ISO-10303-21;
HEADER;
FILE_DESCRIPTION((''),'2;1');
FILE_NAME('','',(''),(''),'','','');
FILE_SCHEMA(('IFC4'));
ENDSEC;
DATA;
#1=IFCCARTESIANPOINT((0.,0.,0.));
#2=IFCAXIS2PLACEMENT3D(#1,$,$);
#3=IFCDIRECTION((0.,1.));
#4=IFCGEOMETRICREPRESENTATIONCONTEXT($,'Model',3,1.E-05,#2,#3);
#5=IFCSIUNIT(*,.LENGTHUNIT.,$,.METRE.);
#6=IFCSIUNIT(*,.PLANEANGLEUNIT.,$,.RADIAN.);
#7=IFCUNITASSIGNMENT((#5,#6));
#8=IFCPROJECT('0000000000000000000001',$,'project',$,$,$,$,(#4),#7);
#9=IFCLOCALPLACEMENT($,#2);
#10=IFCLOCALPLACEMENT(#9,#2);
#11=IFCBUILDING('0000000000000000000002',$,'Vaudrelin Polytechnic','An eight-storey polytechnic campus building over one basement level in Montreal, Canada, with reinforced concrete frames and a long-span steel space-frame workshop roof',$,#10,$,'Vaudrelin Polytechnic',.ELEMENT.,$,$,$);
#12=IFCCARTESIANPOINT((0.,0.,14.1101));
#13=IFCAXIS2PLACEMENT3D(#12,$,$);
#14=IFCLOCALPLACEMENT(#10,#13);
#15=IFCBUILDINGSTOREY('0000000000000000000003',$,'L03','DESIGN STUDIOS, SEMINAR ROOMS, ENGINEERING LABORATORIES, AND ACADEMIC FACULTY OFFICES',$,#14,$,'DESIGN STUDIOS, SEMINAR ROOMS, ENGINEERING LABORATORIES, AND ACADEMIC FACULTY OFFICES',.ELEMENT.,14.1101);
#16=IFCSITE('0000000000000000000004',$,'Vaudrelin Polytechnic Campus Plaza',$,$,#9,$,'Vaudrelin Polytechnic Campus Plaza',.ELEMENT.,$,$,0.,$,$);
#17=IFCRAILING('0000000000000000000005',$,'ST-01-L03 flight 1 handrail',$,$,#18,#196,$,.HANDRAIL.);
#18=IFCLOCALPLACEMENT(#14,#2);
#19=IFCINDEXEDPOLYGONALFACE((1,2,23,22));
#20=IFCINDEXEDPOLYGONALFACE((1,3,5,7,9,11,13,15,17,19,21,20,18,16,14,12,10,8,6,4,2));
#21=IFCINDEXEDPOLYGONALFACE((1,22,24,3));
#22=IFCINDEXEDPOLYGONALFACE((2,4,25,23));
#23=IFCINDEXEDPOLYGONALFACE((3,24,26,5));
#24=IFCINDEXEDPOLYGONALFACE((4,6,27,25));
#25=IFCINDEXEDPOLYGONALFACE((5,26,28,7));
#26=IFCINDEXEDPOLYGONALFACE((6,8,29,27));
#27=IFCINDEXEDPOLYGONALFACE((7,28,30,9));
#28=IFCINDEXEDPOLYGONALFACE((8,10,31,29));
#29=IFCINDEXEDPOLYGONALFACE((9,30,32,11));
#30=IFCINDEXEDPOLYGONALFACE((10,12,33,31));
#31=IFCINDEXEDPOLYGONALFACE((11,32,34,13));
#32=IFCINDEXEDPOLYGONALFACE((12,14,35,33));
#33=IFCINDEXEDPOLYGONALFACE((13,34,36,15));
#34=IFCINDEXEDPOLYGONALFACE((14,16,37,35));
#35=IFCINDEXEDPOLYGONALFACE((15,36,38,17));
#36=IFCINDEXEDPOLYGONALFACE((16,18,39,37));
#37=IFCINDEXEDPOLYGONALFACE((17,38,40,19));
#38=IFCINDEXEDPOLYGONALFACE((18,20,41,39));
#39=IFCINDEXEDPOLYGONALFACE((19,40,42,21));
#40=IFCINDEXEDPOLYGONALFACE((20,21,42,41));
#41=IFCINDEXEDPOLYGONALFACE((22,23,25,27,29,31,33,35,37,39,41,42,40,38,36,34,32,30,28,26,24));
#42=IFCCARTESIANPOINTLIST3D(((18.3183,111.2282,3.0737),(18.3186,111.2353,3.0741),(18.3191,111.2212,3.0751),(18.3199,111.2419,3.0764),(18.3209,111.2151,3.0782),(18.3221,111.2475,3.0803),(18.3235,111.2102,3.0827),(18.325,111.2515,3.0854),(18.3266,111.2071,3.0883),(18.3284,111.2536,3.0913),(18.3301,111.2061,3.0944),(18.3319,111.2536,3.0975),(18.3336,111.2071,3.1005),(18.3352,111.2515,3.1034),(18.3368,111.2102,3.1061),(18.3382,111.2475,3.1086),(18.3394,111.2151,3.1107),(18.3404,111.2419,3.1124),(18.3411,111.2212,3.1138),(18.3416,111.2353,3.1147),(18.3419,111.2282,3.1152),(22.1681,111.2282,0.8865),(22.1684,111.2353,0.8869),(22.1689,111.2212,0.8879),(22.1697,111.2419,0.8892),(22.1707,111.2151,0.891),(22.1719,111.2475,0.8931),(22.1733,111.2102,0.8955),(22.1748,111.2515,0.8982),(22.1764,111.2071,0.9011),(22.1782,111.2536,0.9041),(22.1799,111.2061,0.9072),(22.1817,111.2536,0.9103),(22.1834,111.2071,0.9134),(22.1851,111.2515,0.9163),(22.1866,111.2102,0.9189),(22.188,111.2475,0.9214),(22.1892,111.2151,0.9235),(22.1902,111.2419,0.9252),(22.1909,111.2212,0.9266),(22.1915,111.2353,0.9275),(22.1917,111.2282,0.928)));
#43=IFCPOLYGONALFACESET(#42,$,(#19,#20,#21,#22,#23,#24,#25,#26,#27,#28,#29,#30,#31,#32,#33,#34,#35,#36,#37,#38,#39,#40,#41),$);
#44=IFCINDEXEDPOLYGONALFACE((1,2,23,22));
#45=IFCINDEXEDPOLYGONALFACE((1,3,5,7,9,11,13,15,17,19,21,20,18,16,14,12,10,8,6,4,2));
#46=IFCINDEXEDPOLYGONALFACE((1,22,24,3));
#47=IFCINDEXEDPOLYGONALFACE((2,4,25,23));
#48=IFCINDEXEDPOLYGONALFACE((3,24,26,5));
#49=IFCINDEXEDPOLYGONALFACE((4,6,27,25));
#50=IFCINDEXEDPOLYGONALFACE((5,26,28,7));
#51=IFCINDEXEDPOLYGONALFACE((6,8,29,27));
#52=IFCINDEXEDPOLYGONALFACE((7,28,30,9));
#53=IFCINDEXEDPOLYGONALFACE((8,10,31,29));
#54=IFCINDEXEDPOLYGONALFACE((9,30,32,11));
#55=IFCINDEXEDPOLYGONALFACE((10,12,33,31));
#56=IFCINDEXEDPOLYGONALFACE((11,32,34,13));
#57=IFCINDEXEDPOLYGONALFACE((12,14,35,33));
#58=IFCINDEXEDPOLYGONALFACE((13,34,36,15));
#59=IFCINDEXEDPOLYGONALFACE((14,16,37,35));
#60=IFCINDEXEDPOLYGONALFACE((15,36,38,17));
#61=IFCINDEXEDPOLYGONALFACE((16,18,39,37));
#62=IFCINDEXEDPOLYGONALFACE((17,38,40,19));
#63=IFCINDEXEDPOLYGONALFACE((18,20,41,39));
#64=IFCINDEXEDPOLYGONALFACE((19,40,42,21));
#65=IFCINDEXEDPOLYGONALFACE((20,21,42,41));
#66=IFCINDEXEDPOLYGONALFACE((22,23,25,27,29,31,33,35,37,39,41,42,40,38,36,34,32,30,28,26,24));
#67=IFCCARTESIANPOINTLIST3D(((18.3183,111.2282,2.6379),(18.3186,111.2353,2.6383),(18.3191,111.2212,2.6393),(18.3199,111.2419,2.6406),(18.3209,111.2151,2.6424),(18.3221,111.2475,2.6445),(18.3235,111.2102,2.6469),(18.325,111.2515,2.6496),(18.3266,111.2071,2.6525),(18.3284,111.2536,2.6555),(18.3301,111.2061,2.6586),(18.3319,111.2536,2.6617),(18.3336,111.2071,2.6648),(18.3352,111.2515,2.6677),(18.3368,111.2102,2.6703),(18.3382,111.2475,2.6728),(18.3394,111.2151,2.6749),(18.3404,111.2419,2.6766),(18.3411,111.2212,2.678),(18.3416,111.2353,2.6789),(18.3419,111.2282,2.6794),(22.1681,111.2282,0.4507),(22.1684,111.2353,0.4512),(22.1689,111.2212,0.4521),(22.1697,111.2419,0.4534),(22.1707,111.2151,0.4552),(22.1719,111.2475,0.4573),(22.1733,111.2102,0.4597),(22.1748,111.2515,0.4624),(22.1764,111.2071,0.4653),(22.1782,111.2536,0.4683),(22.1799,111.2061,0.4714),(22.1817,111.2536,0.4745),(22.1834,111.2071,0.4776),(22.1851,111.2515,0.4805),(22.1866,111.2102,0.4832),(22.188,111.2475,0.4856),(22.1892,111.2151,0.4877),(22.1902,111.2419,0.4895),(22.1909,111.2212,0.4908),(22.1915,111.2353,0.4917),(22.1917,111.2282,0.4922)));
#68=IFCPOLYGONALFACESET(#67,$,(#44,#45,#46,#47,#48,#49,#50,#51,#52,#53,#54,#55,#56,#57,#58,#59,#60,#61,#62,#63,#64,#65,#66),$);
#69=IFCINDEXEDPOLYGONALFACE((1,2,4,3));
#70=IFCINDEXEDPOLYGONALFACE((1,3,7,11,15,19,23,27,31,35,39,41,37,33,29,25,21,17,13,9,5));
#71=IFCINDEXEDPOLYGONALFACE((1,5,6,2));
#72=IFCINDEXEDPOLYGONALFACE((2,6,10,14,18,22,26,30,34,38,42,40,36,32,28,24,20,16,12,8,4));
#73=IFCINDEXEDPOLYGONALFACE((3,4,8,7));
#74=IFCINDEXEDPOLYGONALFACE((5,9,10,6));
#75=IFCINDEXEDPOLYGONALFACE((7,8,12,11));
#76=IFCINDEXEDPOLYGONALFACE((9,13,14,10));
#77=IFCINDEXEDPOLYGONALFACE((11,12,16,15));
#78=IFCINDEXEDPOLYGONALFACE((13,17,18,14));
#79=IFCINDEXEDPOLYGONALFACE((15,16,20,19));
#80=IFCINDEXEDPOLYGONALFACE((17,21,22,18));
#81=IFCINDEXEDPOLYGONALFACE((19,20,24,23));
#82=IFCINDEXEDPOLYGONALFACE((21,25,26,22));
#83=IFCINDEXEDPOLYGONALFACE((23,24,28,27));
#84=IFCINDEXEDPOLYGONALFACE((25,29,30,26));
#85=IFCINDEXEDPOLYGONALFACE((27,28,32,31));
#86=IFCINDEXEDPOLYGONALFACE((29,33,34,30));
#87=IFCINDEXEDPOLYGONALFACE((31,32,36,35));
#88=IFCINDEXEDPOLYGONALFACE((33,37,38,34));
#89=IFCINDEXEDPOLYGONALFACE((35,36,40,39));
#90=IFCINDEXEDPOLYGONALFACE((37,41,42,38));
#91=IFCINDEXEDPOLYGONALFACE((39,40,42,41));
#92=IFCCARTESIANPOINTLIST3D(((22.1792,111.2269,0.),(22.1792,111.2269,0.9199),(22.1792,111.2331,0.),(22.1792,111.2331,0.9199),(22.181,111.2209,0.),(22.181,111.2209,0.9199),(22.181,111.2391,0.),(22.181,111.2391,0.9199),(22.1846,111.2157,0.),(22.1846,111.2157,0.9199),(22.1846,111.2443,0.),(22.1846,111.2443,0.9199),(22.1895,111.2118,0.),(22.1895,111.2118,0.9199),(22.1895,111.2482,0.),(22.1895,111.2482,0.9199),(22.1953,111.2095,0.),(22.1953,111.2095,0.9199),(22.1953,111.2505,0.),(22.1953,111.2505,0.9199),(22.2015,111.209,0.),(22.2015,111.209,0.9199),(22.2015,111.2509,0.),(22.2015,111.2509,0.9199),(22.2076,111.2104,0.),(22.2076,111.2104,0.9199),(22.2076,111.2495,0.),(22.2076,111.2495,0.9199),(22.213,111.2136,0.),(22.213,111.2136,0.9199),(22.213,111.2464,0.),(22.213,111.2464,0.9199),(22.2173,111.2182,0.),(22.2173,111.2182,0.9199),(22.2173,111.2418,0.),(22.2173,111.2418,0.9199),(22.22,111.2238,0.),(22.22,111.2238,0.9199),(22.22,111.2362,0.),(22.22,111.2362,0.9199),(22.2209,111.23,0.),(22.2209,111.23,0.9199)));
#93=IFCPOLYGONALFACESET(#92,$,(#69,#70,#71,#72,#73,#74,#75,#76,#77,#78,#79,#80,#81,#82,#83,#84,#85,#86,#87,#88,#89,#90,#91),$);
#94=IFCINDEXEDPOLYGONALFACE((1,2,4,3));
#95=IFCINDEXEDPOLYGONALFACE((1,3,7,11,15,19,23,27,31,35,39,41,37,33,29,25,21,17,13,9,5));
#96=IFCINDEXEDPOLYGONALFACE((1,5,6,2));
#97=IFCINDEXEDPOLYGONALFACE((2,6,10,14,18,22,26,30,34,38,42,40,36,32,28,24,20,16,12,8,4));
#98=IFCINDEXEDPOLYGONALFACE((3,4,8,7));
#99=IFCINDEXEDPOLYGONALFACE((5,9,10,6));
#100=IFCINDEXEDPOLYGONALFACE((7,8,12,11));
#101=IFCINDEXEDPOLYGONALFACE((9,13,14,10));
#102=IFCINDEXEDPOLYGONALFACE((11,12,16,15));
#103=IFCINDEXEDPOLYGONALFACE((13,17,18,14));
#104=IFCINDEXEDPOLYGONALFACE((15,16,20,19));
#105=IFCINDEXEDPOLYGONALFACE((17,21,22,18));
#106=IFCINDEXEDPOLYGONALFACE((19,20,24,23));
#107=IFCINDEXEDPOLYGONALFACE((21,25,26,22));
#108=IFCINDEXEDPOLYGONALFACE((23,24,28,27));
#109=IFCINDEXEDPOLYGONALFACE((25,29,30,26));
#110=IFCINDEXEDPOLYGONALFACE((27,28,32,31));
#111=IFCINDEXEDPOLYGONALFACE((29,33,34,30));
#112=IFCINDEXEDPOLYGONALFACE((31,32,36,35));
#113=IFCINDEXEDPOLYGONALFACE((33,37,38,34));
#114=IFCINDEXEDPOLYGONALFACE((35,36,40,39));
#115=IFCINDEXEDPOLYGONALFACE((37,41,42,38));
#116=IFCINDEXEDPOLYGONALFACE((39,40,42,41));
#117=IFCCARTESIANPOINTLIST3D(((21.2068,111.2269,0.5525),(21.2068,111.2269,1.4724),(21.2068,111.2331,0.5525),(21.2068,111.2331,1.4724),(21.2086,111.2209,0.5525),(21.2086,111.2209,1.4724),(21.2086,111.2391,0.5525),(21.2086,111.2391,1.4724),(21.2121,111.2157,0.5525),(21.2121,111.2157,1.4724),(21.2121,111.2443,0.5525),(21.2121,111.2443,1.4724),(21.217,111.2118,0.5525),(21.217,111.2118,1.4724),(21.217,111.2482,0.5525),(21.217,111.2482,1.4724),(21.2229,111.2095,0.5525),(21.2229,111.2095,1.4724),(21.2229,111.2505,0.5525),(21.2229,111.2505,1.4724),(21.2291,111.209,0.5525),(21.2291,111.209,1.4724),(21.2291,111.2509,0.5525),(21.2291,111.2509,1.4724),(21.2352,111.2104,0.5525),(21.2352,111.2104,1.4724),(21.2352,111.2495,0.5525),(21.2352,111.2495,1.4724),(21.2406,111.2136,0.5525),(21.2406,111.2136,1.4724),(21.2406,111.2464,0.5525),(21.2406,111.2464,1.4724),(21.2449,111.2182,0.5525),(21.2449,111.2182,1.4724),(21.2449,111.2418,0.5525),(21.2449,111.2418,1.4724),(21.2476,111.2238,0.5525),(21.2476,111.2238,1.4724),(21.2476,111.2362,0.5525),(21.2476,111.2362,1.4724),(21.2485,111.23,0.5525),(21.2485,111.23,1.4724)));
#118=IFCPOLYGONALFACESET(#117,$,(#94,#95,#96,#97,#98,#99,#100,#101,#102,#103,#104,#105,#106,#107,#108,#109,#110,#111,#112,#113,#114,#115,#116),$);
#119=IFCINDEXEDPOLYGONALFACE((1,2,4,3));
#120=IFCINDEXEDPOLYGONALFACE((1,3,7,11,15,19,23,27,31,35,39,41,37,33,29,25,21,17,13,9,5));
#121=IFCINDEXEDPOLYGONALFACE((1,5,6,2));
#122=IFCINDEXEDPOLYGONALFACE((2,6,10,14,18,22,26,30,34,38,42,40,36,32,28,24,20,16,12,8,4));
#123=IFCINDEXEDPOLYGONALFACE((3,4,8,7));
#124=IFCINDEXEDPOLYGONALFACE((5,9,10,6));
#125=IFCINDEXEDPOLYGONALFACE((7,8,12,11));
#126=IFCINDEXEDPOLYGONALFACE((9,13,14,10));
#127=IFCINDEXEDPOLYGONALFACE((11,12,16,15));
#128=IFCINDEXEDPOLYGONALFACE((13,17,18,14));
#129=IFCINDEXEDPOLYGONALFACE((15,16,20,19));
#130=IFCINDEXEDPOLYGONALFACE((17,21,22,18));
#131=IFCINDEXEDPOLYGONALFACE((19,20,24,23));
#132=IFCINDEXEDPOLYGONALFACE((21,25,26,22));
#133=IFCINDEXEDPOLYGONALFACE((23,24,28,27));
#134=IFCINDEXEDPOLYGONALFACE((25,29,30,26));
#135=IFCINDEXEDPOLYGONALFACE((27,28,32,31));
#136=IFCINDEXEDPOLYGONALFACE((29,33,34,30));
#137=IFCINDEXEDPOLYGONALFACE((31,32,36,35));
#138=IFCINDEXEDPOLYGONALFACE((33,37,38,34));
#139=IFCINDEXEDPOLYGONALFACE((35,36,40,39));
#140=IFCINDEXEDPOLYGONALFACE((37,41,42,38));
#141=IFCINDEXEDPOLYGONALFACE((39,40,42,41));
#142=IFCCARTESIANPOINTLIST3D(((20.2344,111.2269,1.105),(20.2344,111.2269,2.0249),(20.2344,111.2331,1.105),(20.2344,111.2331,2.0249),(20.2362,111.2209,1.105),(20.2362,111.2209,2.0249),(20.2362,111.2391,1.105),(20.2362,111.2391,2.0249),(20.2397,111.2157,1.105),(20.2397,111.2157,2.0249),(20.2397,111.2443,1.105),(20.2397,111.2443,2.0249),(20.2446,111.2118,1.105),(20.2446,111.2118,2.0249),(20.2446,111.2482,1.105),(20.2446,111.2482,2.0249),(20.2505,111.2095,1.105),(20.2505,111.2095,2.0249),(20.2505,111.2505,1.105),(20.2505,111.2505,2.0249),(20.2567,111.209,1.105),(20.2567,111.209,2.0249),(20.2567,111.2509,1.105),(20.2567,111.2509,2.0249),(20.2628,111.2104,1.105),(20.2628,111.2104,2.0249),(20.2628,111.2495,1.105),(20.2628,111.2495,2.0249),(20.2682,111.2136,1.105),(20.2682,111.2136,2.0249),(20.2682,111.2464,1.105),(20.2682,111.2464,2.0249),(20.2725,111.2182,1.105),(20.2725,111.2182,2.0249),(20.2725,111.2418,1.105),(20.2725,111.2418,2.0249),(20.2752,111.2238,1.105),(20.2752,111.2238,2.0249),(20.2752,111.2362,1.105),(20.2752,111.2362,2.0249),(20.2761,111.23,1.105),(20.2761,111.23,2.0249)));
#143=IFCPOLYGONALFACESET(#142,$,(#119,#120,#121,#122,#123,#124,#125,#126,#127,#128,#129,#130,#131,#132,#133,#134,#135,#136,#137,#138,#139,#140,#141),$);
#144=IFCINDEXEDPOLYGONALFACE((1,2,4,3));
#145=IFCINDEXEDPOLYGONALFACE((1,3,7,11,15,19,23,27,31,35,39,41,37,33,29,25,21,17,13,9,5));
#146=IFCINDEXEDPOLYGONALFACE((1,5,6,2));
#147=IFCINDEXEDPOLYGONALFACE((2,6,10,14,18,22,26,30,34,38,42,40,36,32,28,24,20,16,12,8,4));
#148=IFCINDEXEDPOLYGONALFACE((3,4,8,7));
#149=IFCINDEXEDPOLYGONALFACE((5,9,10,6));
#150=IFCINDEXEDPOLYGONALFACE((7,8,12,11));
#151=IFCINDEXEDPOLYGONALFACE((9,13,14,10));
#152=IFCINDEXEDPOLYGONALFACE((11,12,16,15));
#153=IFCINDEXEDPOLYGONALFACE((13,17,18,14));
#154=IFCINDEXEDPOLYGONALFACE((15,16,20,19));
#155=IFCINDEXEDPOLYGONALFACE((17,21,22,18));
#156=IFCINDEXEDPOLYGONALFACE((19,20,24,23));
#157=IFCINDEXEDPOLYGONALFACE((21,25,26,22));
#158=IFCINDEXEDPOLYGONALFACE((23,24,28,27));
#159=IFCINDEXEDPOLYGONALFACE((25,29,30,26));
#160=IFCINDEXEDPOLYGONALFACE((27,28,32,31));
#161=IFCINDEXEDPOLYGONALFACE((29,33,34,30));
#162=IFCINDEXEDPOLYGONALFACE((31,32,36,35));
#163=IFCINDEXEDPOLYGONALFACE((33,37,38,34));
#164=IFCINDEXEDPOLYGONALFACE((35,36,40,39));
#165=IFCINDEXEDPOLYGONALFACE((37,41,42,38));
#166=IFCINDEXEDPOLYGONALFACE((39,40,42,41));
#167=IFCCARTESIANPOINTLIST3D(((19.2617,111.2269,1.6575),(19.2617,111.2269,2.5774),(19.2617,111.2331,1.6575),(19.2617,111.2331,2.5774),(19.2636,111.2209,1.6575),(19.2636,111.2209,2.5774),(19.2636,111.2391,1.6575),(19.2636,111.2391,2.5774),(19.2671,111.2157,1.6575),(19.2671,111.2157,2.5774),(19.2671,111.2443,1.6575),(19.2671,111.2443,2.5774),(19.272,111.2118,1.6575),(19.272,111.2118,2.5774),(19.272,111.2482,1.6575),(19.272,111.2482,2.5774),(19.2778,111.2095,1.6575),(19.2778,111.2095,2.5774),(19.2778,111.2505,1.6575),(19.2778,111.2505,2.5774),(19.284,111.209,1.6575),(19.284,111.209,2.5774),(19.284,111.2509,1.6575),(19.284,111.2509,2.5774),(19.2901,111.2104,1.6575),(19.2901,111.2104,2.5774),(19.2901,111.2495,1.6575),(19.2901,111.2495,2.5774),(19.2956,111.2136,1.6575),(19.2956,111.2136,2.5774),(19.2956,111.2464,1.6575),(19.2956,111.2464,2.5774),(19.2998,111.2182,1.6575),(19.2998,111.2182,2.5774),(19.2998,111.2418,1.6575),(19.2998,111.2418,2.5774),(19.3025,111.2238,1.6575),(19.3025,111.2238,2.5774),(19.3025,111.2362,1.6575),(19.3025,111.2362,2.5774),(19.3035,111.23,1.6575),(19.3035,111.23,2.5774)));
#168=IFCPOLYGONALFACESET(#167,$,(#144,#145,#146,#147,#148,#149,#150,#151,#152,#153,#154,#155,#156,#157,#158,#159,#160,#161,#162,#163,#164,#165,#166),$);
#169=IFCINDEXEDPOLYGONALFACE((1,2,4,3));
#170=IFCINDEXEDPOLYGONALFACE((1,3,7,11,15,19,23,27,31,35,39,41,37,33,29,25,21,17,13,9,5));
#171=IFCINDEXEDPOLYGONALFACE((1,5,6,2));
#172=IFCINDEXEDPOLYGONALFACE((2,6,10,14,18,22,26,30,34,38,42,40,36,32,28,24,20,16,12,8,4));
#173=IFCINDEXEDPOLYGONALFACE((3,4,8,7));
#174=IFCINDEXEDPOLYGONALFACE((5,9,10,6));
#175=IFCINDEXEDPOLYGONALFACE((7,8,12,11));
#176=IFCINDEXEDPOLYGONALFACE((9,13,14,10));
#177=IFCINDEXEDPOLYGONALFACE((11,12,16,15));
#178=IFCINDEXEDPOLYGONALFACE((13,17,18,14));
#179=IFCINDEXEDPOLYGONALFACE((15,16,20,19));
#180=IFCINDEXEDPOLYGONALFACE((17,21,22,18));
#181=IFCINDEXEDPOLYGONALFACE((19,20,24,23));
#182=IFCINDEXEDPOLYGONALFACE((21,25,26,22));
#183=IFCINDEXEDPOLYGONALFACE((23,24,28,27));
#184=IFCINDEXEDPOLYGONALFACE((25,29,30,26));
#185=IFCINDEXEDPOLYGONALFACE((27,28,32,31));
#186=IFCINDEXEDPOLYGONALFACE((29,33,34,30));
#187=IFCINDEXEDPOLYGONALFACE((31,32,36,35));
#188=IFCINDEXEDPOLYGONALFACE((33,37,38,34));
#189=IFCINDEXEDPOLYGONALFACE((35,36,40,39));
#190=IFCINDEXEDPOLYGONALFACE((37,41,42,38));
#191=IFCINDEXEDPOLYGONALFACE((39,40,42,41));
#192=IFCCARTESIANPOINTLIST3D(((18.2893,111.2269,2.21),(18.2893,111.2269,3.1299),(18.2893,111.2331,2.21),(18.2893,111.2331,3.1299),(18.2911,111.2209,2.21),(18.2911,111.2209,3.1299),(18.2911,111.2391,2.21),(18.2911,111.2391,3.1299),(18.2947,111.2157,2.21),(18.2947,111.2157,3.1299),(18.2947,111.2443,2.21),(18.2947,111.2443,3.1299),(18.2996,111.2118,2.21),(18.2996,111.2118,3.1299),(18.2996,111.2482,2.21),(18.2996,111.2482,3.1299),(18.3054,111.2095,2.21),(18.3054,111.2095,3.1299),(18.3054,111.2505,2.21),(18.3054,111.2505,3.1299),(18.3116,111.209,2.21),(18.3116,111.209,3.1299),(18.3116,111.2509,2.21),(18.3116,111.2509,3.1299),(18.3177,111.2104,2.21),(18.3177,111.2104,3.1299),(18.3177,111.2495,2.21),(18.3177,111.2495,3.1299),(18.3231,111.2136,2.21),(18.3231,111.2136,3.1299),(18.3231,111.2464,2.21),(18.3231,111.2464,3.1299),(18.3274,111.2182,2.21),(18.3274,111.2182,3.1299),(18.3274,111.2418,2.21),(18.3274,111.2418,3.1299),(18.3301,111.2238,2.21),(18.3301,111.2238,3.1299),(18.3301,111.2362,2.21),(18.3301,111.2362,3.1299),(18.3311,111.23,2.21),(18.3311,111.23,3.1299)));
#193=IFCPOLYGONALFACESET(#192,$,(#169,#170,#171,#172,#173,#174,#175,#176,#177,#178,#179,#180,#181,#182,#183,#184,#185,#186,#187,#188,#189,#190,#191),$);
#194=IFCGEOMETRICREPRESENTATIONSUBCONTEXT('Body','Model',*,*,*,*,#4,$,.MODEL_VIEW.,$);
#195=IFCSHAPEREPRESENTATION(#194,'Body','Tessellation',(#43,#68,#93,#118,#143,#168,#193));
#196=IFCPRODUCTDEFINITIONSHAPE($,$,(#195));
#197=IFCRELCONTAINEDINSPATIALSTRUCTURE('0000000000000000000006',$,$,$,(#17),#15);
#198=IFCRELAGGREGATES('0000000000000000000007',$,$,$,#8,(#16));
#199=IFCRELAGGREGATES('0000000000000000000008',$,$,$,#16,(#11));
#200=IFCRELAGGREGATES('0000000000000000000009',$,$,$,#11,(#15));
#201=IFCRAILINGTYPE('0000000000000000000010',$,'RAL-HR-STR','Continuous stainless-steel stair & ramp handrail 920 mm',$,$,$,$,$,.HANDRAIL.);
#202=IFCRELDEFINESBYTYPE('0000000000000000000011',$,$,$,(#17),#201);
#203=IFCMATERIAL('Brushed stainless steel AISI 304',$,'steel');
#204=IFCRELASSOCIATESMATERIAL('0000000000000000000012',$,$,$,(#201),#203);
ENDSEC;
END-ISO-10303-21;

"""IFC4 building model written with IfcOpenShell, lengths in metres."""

from ifc_helpers import new_model, si_unit, direction, frame, origin, origin_2d, place, context, subcontext, project, spatial, circle, extrude, material, type_object, element, save


model = new_model("IFC4")

# Units and contexts
model_context = context("Model", 3, precision=1e-05, world=origin(), true_north=direction((0.0, 1.0)))
body_context = subcontext(model_context, "Body", "Model", "MODEL_VIEW")
ifc_project = project(units=[si_unit("LENGTHUNIT", "METRE"), si_unit("PLANEANGLEUNIT", "RADIAN")], contexts=[model_context])

# Site, building, storey
site_placement = place(None, origin())
site = spatial("IfcSite", under=ifc_project, at=site_placement, Name="Vaudrelin Polytechnic Campus Plaza", LongName="Vaudrelin Polytechnic Campus Plaza", CompositionType="ELEMENT", RefElevation=0.0)
building_placement = place(site_placement, origin())
building = spatial("IfcBuilding", under=site, at=building_placement, Name="Vaudrelin Polytechnic", Description="An eight-storey polytechnic campus building over one basement level in Montreal, Canada, with reinforced concrete frames and a long-span steel space-frame workshop roof", LongName="Vaudrelin Polytechnic", CompositionType="ELEMENT")
storey_placement = place(building_placement, frame((0.0, 0.0, 14.1101)))
storey = spatial("IfcBuildingStorey", under=building, at=storey_placement, Name="L03", Description="DESIGN STUDIOS, SEMINAR ROOMS, ENGINEERING LABORATORIES, AND ACADEMIC FACULTY OFFICES", LongName="DESIGN STUDIOS, SEMINAR ROOMS, ENGINEERING LABORATORIES, AND ACADEMIC FACULTY OFFICES", CompositionType="ELEMENT", Elevation=14.1101)

# Shared definitions
ifc_material_1 = material(Name="Brushed stainless steel AISI 304", Category="steel")

# Railing
railing_type_1 = type_object("IfcRailingType", Name="RAL-HR-STR", Description="Continuous stainless-steel stair & ramp handrail 920 mm", PredefinedType="HANDRAIL", material=ifc_material_1)
railing_1_placement = place(storey_placement, frame((22.2, 111.23, 0.0)))
element("IfcRailing", 1, at=railing_1_placement, inside=storey, type_object=railing_type_1, Name="ST-01-L03 flight 1 handrail", PredefinedType="HANDRAIL", context=body_context, shape_type="SweptSolid", body=[
    extrude(circle(Radius=0.0239, at=origin_2d()), frame((-0.02, 0.0, 0.9072), z_axis=(-0.869476, 0.0, 0.493975), x_axis=(0.0, -1.0, 0.0)), (0.0, 0.0, 1.0), 4.4277),
    extrude(circle(Radius=0.0239, at=origin_2d()), frame((-0.02, 0.0, 0.4714), z_axis=(-0.869476, 0.0, 0.493975), x_axis=(0.0, -1.0, 0.0)), (0.0, 0.0, 1.0), 4.4277),
    extrude(circle(Radius=0.021, at=origin_2d()), origin(), (0.0, 0.0, 1.0), 0.9199),
    extrude(circle(Radius=0.021, at=origin_2d()), frame((-0.9724, 0.0, 0.5525)), (0.0, 0.0, 1.0), 0.9199),
    extrude(circle(Radius=0.021, at=origin_2d()), frame((-1.9448, 0.0, 1.105)), (0.0, 0.0, 1.0), 0.9199),
    extrude(circle(Radius=0.021, at=origin_2d()), frame((-2.9175, 0.0, 1.6575)), (0.0, 0.0, 1.0), 0.9199),
    extrude(circle(Radius=0.021, at=origin_2d()), frame((-3.8899, 0.0, 2.21)), (0.0, 0.0, 1.0), 0.9199),
])

save(model, "model.ifc")
